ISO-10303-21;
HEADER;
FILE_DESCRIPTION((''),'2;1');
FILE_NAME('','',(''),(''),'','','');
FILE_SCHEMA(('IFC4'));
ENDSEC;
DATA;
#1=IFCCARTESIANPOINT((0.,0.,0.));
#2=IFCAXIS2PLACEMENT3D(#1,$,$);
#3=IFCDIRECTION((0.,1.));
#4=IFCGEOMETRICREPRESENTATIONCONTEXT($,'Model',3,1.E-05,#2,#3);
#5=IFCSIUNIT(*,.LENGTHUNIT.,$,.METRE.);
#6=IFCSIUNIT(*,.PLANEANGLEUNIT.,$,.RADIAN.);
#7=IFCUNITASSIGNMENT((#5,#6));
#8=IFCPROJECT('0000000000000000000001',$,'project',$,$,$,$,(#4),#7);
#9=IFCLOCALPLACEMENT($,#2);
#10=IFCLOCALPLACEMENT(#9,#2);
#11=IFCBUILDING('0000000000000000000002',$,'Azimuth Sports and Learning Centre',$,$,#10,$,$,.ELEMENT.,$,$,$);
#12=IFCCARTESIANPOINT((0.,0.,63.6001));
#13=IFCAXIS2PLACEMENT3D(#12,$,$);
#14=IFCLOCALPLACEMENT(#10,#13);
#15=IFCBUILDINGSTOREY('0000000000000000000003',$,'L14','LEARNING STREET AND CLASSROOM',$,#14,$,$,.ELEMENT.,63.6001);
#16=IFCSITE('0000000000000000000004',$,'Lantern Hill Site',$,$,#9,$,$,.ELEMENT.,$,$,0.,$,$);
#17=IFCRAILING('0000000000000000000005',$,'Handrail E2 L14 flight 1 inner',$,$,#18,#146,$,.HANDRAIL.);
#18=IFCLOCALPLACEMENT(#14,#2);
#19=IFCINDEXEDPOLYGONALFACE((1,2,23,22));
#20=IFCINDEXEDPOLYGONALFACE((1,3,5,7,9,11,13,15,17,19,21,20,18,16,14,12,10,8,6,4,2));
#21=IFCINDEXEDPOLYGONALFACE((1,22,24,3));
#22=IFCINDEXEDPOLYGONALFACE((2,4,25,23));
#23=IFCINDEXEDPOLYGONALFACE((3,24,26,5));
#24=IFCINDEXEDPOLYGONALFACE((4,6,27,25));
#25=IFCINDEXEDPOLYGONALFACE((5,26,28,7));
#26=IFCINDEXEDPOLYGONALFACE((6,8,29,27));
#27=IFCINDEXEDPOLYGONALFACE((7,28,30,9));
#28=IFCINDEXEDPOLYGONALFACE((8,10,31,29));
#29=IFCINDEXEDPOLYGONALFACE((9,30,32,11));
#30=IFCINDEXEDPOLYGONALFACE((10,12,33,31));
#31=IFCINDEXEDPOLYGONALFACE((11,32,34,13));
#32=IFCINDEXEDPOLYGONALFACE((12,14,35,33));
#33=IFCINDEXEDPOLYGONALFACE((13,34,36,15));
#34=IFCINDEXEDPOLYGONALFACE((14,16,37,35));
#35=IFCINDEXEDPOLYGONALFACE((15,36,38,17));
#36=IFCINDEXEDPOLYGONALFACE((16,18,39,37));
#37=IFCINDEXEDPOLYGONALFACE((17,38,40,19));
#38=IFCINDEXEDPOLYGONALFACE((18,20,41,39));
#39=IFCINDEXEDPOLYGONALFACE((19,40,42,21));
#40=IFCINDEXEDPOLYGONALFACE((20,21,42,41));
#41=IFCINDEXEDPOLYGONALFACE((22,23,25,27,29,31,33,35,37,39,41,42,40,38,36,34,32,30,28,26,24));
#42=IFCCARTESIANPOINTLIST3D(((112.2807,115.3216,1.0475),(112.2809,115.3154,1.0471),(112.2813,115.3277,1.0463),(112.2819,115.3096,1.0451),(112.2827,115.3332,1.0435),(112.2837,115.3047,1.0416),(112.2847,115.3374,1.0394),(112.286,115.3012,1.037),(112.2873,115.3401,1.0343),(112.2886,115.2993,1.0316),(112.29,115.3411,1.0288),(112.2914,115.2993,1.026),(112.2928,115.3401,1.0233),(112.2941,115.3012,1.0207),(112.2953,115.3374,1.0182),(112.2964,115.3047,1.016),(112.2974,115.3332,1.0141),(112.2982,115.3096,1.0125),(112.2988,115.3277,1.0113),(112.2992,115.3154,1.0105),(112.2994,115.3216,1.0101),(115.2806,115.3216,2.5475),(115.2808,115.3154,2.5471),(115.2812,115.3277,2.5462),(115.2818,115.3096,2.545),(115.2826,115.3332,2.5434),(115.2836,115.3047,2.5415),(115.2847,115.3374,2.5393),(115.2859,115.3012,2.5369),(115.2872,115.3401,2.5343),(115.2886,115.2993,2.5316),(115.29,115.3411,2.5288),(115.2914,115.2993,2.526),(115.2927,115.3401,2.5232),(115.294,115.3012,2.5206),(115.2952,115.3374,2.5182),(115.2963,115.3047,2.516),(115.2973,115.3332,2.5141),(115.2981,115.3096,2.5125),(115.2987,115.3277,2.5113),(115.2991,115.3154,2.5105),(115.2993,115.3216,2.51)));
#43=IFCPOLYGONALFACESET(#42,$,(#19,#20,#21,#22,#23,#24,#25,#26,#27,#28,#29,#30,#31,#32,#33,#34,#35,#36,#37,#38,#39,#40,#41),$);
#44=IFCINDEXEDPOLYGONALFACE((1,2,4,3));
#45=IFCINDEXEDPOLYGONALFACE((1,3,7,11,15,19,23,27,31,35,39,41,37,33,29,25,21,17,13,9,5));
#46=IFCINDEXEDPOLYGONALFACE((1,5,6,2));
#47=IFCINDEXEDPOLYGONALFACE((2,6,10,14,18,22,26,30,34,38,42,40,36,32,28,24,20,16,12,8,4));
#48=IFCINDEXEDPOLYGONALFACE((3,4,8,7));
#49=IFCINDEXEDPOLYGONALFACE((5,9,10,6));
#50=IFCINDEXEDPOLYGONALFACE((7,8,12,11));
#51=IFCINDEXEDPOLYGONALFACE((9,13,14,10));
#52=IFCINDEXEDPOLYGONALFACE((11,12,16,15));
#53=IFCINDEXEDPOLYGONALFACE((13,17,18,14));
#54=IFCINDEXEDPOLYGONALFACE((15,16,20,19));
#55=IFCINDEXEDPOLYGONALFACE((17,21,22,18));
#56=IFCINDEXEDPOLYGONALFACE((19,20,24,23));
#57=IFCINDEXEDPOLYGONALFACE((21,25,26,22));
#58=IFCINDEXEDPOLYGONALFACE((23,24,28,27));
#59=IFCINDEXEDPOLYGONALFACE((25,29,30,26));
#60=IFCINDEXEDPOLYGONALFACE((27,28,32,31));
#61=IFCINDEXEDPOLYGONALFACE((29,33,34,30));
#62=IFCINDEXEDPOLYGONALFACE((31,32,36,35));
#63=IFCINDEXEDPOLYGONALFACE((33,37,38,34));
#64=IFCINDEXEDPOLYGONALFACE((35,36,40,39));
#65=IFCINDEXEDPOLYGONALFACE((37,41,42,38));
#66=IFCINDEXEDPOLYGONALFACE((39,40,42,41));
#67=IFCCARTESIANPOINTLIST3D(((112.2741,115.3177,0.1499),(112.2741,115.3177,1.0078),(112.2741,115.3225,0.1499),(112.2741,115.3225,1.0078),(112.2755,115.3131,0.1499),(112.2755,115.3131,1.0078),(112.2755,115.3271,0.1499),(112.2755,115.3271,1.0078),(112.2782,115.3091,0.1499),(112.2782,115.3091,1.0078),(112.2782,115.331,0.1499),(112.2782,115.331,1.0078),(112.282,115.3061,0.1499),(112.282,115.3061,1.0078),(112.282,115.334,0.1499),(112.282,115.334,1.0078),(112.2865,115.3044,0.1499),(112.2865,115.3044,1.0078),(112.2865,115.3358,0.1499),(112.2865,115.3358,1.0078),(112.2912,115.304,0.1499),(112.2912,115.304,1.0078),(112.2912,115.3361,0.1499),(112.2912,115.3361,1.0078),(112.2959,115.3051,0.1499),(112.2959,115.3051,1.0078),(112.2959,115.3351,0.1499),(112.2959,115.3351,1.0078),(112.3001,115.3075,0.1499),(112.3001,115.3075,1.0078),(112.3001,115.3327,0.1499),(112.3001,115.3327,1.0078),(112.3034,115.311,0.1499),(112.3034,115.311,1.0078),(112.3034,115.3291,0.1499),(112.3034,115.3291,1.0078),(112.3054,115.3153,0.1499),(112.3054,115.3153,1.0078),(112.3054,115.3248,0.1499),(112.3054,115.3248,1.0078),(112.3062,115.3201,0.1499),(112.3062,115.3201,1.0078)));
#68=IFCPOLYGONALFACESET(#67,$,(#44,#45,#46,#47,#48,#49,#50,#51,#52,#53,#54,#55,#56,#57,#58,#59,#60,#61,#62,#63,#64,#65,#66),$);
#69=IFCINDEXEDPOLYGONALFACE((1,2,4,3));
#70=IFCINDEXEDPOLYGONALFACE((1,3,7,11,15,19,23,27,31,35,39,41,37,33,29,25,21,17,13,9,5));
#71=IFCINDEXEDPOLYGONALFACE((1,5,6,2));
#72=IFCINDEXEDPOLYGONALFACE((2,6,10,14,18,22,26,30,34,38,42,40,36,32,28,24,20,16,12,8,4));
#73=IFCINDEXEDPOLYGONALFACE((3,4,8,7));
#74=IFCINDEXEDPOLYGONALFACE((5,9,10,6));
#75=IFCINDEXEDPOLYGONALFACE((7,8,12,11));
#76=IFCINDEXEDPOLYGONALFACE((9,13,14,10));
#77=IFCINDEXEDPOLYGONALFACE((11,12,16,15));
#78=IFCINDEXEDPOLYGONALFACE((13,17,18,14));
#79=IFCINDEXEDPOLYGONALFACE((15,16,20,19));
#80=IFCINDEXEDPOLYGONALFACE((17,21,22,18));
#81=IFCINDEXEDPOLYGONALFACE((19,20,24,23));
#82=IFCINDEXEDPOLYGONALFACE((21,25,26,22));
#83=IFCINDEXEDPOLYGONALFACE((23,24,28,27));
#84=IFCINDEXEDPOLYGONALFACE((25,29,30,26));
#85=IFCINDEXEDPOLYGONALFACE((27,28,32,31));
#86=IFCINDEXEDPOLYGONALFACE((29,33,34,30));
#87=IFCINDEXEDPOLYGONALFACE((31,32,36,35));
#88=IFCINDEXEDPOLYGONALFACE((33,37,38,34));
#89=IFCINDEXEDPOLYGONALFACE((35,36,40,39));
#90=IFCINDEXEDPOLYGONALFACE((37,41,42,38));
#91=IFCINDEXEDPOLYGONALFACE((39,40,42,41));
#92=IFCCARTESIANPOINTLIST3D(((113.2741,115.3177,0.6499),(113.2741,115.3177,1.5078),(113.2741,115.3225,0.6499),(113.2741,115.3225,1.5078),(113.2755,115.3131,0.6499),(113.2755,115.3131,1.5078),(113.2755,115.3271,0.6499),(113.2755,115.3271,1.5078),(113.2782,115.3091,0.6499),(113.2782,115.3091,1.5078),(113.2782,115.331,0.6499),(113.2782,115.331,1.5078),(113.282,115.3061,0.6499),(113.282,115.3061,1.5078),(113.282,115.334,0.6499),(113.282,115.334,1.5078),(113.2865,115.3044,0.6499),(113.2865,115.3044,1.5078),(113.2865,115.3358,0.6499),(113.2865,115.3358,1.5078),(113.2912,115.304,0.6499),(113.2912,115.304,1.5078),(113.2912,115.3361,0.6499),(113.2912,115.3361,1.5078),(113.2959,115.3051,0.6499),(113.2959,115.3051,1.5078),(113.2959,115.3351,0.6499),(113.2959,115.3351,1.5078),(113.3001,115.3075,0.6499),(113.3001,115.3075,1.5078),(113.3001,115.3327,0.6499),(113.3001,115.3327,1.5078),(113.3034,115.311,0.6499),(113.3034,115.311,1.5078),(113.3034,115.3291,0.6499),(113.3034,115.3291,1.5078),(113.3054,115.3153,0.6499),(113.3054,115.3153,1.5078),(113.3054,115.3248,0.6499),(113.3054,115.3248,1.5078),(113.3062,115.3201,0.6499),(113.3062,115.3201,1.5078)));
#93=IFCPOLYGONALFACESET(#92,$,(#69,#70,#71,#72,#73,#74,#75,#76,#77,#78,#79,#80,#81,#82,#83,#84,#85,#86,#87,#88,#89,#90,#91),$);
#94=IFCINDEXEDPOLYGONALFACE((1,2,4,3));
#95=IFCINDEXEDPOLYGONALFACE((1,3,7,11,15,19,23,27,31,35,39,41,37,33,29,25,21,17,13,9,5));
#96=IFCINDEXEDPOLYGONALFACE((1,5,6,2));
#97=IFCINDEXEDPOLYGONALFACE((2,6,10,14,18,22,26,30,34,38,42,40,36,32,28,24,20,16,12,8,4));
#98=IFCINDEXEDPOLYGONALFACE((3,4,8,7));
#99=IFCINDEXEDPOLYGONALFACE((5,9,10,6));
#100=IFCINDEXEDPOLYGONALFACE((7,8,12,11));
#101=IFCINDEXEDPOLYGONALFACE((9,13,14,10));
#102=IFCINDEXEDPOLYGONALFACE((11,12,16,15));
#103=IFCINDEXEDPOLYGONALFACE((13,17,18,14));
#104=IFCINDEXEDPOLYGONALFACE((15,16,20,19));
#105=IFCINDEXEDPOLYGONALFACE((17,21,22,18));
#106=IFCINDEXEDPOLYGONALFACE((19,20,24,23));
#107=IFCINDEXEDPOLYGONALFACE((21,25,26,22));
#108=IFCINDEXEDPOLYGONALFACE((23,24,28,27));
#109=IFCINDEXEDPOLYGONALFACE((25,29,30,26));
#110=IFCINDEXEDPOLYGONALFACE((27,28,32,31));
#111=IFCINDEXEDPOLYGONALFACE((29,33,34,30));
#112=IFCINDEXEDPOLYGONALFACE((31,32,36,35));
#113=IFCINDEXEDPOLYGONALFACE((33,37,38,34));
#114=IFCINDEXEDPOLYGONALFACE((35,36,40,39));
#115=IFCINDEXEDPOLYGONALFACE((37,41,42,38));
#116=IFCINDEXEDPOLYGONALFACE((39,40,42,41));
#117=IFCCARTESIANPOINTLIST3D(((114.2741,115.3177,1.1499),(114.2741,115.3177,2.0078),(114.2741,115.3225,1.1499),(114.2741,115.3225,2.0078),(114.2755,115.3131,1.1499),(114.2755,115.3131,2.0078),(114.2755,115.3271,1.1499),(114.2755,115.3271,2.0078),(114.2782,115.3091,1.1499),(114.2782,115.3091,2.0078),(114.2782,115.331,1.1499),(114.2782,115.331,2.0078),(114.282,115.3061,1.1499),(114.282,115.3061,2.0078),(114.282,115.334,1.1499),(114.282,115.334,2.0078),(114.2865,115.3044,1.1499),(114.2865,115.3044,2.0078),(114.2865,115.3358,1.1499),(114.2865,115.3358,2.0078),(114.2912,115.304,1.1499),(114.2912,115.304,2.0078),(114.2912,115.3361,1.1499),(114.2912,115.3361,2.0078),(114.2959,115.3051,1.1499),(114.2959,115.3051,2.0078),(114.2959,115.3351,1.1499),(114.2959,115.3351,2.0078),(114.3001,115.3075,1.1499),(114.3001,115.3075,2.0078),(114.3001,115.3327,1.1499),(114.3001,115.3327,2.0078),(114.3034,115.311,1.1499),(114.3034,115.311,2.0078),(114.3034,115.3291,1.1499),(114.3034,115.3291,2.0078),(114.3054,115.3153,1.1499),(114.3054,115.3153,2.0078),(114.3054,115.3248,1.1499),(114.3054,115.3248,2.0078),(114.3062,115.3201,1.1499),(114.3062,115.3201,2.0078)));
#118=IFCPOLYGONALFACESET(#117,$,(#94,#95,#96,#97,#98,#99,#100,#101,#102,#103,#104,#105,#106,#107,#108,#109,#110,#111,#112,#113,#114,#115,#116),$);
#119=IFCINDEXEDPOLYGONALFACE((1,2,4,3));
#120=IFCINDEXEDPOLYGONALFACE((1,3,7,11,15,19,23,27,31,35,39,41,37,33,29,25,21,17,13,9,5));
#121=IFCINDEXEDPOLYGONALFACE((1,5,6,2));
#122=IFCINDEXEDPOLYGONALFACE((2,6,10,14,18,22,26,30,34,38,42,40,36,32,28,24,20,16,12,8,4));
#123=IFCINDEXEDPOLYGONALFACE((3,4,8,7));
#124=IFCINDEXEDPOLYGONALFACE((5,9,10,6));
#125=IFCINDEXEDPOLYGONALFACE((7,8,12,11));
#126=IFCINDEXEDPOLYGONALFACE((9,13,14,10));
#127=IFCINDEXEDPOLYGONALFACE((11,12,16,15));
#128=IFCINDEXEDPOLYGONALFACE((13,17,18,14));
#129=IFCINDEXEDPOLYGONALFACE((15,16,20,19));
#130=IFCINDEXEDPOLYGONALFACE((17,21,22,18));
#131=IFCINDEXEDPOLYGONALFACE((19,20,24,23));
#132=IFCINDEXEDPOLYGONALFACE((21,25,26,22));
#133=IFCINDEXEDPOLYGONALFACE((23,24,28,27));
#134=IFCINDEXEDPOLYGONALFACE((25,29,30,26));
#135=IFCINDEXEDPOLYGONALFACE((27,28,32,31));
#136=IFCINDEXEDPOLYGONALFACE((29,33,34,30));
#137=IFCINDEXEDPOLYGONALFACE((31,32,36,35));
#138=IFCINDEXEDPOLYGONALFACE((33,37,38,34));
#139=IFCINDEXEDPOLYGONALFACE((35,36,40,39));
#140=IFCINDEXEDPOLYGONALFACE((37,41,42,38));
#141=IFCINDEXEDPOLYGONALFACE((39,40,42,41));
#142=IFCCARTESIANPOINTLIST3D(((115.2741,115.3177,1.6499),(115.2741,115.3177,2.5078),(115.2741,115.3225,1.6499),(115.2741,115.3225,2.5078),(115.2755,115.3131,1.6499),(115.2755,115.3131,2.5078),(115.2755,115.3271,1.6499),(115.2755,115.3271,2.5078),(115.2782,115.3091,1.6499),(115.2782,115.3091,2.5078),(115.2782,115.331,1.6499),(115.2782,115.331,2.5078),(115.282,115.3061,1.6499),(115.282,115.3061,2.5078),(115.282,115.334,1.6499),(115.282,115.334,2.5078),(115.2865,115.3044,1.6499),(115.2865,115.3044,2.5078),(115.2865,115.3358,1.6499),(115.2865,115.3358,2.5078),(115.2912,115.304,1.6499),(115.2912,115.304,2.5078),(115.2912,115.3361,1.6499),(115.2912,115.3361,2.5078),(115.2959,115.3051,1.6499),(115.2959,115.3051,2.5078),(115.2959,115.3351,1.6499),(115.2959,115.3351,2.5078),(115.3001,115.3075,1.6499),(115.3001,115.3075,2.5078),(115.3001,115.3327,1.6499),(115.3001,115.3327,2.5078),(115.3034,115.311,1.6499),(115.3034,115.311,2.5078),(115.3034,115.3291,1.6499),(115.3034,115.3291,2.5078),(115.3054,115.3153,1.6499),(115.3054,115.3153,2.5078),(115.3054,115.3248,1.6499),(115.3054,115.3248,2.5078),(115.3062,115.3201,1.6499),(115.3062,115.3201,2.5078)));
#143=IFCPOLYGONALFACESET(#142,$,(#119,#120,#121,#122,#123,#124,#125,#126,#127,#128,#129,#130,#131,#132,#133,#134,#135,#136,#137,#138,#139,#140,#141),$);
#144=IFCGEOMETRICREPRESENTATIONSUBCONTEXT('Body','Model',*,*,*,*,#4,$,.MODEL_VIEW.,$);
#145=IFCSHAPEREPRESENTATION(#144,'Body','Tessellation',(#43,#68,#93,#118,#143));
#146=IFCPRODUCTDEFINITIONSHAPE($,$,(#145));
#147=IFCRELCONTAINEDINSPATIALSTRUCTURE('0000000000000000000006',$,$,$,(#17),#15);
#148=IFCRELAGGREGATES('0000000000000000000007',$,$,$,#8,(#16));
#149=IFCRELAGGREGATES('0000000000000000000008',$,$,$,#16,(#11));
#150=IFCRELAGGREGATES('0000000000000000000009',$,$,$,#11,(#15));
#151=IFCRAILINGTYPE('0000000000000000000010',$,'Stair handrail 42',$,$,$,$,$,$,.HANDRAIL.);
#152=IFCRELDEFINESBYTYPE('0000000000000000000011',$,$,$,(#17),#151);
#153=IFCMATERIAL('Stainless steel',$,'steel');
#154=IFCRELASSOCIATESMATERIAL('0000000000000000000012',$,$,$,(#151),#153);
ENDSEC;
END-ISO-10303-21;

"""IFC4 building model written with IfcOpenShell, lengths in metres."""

from ifc_helpers import new_model, si_unit, direction, frame, origin, origin_2d, place, context, subcontext, project, spatial, circle, extrude, material, type_object, element, save


model = new_model("IFC4")

# Units and contexts
model_context = context("Model", 3, precision=1e-05, world=origin(), true_north=direction((0.0, 1.0)))
body_context = subcontext(model_context, "Body", "Model", "MODEL_VIEW")
ifc_project = project(units=[si_unit("LENGTHUNIT", "METRE"), si_unit("PLANEANGLEUNIT", "RADIAN")], contexts=[model_context])

# Site, building, storey
site_placement = place(None, origin())
site = spatial("IfcSite", under=ifc_project, at=site_placement, Name="Lantern Hill Site", CompositionType="ELEMENT", RefElevation=0.0)
building_placement = place(site_placement, origin())
building = spatial("IfcBuilding", under=site, at=building_placement, Name="Azimuth Sports and Learning Centre", CompositionType="ELEMENT")
storey_placement = place(building_placement, frame((0.0, 0.0, 63.6001)))
storey = spatial("IfcBuildingStorey", under=building, at=storey_placement, Name="L14", Description="LEARNING STREET AND CLASSROOM", CompositionType="ELEMENT", Elevation=63.6001)

# Railing
ifc_material_1 = material(Name="Stainless steel", Category="steel")
railing_type_1 = type_object("IfcRailingType", Name="Stair handrail 42", PredefinedType="HANDRAIL", material=ifc_material_1)
for number, where, name in (
    (1, (112.29, 115.3201, 0.1499), "Handrail E2 L14 flight 1 inner"),
):
    element("IfcRailing", number, at=place(storey_placement, frame(where)), inside=storey, type_object=railing_type_1, Name=name, PredefinedType="HANDRAIL", context=body_context, shape_type="SweptSolid", body=[
        extrude(circle(Radius=0.021, at=origin_2d()), frame((0.0, 0.0, 0.8789), z_axis=(0.894427, 0.0, 0.447214), x_axis=(0.0, 1.0, 0.0)), (0.0, 0.0, 1.0), 3.354),
        extrude(circle(Radius=0.0161, at=origin_2d()), origin(), (0.0, 0.0, 1.0), 0.8579),
        extrude(circle(Radius=0.0161, at=origin_2d()), frame((1.0, 0.0, 0.5)), (0.0, 0.0, 1.0), 0.8579),
        extrude(circle(Radius=0.0161, at=origin_2d()), frame((2.0, 0.0, 1.0)), (0.0, 0.0, 1.0), 0.8579),
        extrude(circle(Radius=0.0161, at=origin_2d()), frame((3.0, 0.0, 1.5)), (0.0, 0.0, 1.0), 0.8579),
    ])

save(model, "model.ifc")
